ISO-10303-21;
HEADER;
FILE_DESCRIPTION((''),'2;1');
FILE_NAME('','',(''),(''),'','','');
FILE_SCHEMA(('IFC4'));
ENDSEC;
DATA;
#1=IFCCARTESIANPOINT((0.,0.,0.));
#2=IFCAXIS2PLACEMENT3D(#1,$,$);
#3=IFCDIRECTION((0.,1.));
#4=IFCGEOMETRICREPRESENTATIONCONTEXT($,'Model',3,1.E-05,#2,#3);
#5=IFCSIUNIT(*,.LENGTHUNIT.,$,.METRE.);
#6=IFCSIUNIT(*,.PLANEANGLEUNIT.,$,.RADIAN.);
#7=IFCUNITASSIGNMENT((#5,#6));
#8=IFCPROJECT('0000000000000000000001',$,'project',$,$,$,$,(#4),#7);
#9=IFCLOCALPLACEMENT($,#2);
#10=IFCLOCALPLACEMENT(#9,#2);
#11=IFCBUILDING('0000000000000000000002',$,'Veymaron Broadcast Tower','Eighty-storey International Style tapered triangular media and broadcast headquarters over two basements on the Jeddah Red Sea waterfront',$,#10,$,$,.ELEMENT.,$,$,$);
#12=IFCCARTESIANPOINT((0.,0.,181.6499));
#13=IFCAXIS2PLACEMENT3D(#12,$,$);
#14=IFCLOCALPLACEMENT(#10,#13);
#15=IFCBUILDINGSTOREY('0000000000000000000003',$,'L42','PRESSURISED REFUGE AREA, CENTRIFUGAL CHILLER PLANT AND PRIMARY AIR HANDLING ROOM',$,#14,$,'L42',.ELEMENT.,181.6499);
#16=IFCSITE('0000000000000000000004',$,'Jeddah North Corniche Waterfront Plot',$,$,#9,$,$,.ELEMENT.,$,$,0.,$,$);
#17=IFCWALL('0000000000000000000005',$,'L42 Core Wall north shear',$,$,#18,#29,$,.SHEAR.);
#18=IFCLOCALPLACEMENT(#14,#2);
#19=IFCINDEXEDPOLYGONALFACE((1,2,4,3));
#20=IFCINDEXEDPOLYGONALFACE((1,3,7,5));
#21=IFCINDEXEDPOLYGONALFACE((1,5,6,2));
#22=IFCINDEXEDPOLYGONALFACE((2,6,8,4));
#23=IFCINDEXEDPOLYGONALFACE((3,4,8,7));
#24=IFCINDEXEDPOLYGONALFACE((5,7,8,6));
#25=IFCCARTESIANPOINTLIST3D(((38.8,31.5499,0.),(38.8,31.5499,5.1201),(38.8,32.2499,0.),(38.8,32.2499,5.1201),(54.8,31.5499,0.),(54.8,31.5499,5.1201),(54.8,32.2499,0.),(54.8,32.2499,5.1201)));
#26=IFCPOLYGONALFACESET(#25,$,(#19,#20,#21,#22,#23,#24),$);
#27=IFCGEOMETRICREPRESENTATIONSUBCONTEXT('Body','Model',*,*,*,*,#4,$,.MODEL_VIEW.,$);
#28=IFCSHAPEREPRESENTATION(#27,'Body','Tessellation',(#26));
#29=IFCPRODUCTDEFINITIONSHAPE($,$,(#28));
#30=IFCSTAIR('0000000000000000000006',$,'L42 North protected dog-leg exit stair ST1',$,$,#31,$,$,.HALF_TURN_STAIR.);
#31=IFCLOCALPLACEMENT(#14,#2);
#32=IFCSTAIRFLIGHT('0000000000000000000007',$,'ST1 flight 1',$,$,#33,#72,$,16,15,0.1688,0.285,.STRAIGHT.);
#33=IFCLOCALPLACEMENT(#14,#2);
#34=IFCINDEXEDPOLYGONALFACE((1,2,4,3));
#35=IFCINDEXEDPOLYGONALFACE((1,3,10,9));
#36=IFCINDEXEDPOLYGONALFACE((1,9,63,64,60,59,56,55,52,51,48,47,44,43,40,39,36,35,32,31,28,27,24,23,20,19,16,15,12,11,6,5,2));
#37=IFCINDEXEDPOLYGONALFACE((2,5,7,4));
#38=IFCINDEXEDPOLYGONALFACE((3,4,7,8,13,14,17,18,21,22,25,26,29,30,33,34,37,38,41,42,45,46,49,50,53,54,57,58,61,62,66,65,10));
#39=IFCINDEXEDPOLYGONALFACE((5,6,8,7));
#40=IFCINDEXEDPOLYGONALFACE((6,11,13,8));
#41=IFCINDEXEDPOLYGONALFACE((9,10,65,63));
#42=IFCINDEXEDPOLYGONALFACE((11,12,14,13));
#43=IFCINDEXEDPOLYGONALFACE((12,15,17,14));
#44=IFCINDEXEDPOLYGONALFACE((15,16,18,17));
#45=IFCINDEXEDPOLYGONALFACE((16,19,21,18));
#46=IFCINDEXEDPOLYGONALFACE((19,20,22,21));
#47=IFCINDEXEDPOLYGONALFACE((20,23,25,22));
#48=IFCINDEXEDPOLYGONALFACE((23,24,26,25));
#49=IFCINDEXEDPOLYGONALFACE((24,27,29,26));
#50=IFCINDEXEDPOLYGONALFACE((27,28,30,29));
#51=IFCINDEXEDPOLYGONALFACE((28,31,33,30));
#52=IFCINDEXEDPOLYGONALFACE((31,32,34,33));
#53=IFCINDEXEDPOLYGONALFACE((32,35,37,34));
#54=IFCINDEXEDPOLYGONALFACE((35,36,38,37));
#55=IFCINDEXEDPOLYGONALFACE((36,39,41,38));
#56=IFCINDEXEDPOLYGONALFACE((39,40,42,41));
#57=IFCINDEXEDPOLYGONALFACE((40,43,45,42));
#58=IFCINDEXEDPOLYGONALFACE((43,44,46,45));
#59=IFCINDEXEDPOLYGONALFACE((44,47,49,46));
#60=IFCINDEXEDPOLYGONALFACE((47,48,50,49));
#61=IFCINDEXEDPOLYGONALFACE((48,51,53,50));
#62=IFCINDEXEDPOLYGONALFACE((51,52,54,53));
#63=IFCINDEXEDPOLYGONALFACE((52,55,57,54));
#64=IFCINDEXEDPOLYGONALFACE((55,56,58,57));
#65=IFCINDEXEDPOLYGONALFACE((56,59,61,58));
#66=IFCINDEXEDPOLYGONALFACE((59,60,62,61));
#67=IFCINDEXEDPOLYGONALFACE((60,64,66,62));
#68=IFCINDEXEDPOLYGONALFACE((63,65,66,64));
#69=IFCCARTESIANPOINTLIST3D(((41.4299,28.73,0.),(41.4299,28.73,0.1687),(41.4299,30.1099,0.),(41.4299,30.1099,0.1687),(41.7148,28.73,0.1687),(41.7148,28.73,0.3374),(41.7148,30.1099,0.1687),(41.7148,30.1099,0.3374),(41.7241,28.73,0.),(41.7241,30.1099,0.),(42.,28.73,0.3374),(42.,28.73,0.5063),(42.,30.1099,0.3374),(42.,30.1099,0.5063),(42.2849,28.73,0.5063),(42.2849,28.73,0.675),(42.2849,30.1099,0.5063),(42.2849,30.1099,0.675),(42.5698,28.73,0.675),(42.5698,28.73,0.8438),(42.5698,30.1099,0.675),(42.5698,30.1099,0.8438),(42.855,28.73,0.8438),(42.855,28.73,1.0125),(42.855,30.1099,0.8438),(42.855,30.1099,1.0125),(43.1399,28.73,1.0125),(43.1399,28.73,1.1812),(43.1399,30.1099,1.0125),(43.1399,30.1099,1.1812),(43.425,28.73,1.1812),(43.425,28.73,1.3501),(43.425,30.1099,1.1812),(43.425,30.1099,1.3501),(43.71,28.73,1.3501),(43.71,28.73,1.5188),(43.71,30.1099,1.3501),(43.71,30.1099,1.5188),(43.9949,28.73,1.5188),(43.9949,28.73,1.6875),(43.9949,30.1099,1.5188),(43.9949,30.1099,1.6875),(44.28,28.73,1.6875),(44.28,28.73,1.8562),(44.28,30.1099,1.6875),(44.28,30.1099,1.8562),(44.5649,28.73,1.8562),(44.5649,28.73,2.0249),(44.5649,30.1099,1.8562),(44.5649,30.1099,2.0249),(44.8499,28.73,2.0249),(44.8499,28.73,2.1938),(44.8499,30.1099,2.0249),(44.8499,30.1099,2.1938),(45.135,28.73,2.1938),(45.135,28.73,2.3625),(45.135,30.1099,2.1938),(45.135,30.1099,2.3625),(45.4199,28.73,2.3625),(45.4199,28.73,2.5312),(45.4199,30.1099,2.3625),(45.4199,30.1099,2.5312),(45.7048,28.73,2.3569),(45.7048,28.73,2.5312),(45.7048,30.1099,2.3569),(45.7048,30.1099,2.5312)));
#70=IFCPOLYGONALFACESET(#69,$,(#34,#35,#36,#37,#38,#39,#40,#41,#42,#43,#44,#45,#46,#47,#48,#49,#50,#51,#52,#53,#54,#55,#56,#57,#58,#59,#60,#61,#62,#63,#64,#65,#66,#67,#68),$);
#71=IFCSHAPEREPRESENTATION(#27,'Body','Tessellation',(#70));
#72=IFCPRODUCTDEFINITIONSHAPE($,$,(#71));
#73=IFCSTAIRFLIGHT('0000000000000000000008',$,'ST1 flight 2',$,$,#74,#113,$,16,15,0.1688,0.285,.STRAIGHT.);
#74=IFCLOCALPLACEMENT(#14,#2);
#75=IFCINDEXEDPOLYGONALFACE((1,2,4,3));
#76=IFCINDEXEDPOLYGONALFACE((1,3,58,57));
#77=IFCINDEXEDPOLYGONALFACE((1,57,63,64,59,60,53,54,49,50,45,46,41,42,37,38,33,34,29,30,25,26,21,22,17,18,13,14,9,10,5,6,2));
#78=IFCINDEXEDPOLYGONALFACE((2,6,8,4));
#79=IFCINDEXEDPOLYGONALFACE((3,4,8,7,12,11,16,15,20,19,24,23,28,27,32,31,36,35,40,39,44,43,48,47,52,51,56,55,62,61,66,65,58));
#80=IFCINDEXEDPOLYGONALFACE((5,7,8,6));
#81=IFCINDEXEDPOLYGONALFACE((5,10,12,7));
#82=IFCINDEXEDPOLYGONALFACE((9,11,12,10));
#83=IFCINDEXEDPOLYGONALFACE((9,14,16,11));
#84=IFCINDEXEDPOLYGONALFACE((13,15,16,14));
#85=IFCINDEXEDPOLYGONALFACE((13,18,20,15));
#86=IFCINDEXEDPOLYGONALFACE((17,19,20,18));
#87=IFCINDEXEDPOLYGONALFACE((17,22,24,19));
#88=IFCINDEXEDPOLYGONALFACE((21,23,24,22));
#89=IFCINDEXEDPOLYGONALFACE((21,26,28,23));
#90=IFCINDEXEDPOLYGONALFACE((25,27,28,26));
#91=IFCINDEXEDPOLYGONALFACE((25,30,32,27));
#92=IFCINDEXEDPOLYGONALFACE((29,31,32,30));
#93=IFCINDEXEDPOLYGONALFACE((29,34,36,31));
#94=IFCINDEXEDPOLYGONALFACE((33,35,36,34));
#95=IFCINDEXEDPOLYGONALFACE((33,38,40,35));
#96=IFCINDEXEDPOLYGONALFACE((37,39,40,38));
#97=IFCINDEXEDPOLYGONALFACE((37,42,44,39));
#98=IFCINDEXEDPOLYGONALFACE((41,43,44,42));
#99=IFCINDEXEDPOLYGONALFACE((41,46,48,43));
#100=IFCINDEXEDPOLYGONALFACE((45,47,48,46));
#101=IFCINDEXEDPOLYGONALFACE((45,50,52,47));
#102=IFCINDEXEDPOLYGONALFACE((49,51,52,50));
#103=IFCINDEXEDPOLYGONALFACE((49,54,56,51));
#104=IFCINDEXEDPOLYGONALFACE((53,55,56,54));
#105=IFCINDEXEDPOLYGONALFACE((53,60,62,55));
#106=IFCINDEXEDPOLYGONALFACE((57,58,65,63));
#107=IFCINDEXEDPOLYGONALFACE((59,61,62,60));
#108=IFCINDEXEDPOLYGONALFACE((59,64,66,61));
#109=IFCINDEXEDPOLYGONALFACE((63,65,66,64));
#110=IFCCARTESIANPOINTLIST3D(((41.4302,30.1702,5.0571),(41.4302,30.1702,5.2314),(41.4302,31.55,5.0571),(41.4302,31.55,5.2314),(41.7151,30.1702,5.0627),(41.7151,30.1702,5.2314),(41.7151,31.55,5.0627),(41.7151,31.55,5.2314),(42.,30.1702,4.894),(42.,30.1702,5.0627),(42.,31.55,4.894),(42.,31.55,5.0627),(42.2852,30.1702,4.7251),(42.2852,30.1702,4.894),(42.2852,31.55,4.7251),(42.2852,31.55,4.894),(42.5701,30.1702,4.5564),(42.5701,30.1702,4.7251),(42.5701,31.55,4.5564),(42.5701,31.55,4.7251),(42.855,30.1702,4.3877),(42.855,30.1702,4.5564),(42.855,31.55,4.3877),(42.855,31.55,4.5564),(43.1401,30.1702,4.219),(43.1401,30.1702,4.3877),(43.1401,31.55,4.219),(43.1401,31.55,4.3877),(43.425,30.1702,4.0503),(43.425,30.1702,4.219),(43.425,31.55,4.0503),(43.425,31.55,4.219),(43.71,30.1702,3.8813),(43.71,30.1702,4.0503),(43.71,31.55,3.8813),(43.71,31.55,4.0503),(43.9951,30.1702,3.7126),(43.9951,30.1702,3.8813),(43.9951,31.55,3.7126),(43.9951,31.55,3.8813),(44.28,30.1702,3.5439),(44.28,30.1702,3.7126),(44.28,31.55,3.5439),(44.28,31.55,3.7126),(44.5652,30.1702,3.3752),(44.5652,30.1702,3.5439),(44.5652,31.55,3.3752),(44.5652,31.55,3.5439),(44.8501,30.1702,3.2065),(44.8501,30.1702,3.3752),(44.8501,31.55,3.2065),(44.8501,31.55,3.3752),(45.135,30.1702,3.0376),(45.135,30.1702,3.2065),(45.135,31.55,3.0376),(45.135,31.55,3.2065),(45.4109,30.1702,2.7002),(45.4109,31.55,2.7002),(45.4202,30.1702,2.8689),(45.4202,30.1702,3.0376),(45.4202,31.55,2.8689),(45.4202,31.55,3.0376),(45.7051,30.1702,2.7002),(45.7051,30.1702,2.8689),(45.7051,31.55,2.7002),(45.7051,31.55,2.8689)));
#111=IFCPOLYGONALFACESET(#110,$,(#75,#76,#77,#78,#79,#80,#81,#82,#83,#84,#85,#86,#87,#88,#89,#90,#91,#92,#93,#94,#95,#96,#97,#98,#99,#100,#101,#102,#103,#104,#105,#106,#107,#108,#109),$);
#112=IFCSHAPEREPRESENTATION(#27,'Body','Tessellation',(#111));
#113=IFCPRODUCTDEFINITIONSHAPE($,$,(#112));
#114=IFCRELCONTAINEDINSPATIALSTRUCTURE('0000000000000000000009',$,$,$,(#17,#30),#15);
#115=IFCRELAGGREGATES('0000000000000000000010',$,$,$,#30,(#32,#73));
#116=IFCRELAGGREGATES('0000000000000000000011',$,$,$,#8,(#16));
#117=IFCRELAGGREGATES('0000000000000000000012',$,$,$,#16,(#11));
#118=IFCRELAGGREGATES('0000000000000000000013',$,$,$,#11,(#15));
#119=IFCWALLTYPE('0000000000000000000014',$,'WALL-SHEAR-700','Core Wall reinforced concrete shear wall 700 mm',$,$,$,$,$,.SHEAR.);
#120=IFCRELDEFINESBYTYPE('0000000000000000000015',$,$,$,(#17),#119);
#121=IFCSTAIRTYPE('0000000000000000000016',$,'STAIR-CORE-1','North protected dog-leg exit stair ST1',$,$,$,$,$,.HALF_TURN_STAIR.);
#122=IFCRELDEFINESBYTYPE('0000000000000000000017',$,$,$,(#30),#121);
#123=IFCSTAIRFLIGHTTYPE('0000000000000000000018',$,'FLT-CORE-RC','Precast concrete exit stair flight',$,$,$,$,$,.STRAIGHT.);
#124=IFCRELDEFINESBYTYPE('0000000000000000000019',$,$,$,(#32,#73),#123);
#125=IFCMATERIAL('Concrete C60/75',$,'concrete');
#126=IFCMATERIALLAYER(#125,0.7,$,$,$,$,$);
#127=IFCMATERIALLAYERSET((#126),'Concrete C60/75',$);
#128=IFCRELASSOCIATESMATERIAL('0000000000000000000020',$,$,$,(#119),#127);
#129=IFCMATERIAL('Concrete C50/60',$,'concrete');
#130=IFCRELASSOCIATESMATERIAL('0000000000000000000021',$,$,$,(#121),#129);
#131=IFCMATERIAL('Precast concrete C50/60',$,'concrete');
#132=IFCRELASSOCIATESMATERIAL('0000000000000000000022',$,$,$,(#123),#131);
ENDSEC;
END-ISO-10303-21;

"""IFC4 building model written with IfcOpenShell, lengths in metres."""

from ifc_helpers import new_model, si_unit, direction, frame, frame_2d, origin, place, context, subcontext, project, spatial, polyline, rectangle, outline, extrude, material, layer, layer_set, type_object, element, aggregate, save


model = new_model("IFC4")

# Units and contexts
model_context = context("Model", 3, precision=1e-05, world=origin(), true_north=direction((0.0, 1.0)))
body_context = subcontext(model_context, "Body", "Model", "MODEL_VIEW")
ifc_project = project(units=[si_unit("LENGTHUNIT", "METRE"), si_unit("PLANEANGLEUNIT", "RADIAN")], contexts=[model_context])

# Site, building, storey
site_placement = place(None, origin())
site = spatial("IfcSite", under=ifc_project, at=site_placement, Name="Jeddah North Corniche Waterfront Plot", CompositionType="ELEMENT", RefElevation=0.0)
building_placement = place(site_placement, origin())
building = spatial("IfcBuilding", under=site, at=building_placement, Name="Veymaron Broadcast Tower", Description="Eighty-storey International Style tapered triangular media and broadcast headquarters over two basements on the Jeddah Red Sea waterfront", CompositionType="ELEMENT")
storey_placement = place(building_placement, frame((0.0, 0.0, 181.6499)))
storey = spatial("IfcBuildingStorey", under=building, at=storey_placement, Name="L42", Description="PRESSURISED REFUGE AREA, CENTRIFUGAL CHILLER PLANT AND PRIMARY AIR HANDLING ROOM", LongName="L42", CompositionType="ELEMENT", Elevation=181.6499)

# Shared definitions
ifc_material_1 = material(Name="Concrete C60/75", Category="concrete")

# Shared definitions
ifc_material_2 = material(Name="Concrete C50/60", Category="concrete")

# Wall
ifc_layer_1 = layer(ifc_material_1, 0.7)
ifc_layer_set_1 = layer_set([ifc_layer_1], Name="Concrete C60/75")
wall_type_1 = type_object("IfcWallType", Name="WALL-SHEAR-700", Description="Core Wall reinforced concrete shear wall 700 mm", PredefinedType="SHEAR", material=ifc_layer_set_1)
wall_1_placement = place(storey_placement, frame((38.8, 31.8999, 0.0), z_axis=(0.0, 0.0, 1.0), x_axis=(1.0, 0.0, 0.0)))
element("IfcWall", 1, at=wall_1_placement, inside=storey, type_object=wall_type_1, Name="L42 Core Wall north shear", PredefinedType="SHEAR", context=body_context, shape_type="SweptSolid", body=[
    extrude(rectangle(XDim=16.0, YDim=0.7, at=frame_2d((8.0, 0.0))), origin(), (0.0, 0.0, 1.0), 5.1201),
])

# Stair, stair flights
stair_type = type_object("IfcStairType", Name="STAIR-CORE-1", Description="North protected dog-leg exit stair ST1", PredefinedType="HALF_TURN_STAIR", material=ifc_material_2)
stair_placement = place(storey_placement, origin())
stair = element("IfcStair", 2, at=stair_placement, inside=storey, type_object=stair_type, Name="L42 North protected dog-leg exit stair ST1", PredefinedType="HALF_TURN_STAIR")
ifc_material_3 = material(Name="Precast concrete C50/60", Category="concrete")
stair_flight_type = type_object("IfcStairFlightType", Name="FLT-CORE-RC", Description="Precast concrete exit stair flight", PredefinedType="STRAIGHT", material=ifc_material_3)
stair_flight_1_placement = place(storey_placement, frame((41.4299, 29.4199, 0.0), z_axis=(0.0, 0.0, 1.0), x_axis=(1.0, 0.0, 0.0)))
stair_flight_1 = element("IfcStairFlight", 3, at=stair_flight_1_placement, type_object=stair_flight_type, Name="ST1 flight 1", NumberOfRisers=16, NumberOfTreads=15, PredefinedType="STRAIGHT", RiserHeight=0.1688, TreadLength=0.285, context=body_context, shape_type="SweptSolid", body=[
    extrude(outline(polyline([(0.0, 0.0), (0.0, 0.1687), (0.2849, 0.1687), (0.2849, 0.3374), (0.5701, 0.3374), (0.5701, 0.5063), (0.855, 0.5063), (0.855, 0.675), (1.1399, 0.675), (1.1399, 0.8438), (1.425, 0.8438), (1.425, 1.0125), (1.71, 1.0125), (1.71, 1.1812), (1.9951, 1.1812), (1.9951, 1.3501), (2.28, 1.3501), (2.28, 1.5188), (2.5649, 1.5188), (2.5649, 1.6875), (2.8501, 1.6875), (2.8501, 1.8562), (3.135, 1.8562), (3.135, 2.0249), (3.4199, 2.0249), (3.4199, 2.1938), (3.7051, 2.1938), (3.7051, 2.3625), (3.99, 2.3625), (3.99, 2.5312), (4.2749, 2.5312), (4.2749, 2.7), (4.2749, 2.3569), (0.2942, 0.0), (0.0, 0.0)])), frame((0.0, 0.6899, 0.0), z_axis=(0.0, -1.0, 0.0), x_axis=(1.0, 0.0, 0.0)), (0.0, 0.0, 1.0), 1.3799),
])
stair_flight_2_placement = place(storey_placement, frame((45.7051, 30.8601, 2.7002), z_axis=(0.0, 0.0, 1.0), x_axis=(-1.0, 0.0, 0.0)))
stair_flight_2 = element("IfcStairFlight", 4, at=stair_flight_2_placement, type_object=stair_flight_type, Name="ST1 flight 2", NumberOfRisers=16, NumberOfTreads=15, PredefinedType="STRAIGHT", RiserHeight=0.1688, TreadLength=0.285, context=body_context, shape_type="SweptSolid", body=[
    extrude(outline(polyline([(0.0, 0.0), (0.0, 0.1687), (0.2849, 0.1687), (0.2849, 0.3374), (0.5701, 0.3374), (0.5701, 0.5063), (0.855, 0.5063), (0.855, 0.675), (1.1399, 0.675), (1.1399, 0.8438), (1.425, 0.8438), (1.425, 1.0125), (1.71, 1.0125), (1.71, 1.1812), (1.9951, 1.1812), (1.9951, 1.3501), (2.28, 1.3501), (2.28, 1.5188), (2.5649, 1.5188), (2.5649, 1.6875), (2.8501, 1.6875), (2.8501, 1.8562), (3.135, 1.8562), (3.135, 2.0249), (3.4199, 2.0249), (3.4199, 2.1938), (3.7051, 2.1938), (3.7051, 2.3625), (3.99, 2.3625), (3.99, 2.5312), (4.2749, 2.5312), (4.2749, 2.7), (4.2749, 2.3569), (0.2942, 0.0), (0.0, 0.0)])), frame((0.0, 0.6899, 0.0), z_axis=(0.0, -1.0, 0.0), x_axis=(1.0, 0.0, 0.0)), (0.0, 0.0, 1.0), 1.3799),
])
aggregate(stair, [stair_flight_1, stair_flight_2])

save(model, "model.ifc")
